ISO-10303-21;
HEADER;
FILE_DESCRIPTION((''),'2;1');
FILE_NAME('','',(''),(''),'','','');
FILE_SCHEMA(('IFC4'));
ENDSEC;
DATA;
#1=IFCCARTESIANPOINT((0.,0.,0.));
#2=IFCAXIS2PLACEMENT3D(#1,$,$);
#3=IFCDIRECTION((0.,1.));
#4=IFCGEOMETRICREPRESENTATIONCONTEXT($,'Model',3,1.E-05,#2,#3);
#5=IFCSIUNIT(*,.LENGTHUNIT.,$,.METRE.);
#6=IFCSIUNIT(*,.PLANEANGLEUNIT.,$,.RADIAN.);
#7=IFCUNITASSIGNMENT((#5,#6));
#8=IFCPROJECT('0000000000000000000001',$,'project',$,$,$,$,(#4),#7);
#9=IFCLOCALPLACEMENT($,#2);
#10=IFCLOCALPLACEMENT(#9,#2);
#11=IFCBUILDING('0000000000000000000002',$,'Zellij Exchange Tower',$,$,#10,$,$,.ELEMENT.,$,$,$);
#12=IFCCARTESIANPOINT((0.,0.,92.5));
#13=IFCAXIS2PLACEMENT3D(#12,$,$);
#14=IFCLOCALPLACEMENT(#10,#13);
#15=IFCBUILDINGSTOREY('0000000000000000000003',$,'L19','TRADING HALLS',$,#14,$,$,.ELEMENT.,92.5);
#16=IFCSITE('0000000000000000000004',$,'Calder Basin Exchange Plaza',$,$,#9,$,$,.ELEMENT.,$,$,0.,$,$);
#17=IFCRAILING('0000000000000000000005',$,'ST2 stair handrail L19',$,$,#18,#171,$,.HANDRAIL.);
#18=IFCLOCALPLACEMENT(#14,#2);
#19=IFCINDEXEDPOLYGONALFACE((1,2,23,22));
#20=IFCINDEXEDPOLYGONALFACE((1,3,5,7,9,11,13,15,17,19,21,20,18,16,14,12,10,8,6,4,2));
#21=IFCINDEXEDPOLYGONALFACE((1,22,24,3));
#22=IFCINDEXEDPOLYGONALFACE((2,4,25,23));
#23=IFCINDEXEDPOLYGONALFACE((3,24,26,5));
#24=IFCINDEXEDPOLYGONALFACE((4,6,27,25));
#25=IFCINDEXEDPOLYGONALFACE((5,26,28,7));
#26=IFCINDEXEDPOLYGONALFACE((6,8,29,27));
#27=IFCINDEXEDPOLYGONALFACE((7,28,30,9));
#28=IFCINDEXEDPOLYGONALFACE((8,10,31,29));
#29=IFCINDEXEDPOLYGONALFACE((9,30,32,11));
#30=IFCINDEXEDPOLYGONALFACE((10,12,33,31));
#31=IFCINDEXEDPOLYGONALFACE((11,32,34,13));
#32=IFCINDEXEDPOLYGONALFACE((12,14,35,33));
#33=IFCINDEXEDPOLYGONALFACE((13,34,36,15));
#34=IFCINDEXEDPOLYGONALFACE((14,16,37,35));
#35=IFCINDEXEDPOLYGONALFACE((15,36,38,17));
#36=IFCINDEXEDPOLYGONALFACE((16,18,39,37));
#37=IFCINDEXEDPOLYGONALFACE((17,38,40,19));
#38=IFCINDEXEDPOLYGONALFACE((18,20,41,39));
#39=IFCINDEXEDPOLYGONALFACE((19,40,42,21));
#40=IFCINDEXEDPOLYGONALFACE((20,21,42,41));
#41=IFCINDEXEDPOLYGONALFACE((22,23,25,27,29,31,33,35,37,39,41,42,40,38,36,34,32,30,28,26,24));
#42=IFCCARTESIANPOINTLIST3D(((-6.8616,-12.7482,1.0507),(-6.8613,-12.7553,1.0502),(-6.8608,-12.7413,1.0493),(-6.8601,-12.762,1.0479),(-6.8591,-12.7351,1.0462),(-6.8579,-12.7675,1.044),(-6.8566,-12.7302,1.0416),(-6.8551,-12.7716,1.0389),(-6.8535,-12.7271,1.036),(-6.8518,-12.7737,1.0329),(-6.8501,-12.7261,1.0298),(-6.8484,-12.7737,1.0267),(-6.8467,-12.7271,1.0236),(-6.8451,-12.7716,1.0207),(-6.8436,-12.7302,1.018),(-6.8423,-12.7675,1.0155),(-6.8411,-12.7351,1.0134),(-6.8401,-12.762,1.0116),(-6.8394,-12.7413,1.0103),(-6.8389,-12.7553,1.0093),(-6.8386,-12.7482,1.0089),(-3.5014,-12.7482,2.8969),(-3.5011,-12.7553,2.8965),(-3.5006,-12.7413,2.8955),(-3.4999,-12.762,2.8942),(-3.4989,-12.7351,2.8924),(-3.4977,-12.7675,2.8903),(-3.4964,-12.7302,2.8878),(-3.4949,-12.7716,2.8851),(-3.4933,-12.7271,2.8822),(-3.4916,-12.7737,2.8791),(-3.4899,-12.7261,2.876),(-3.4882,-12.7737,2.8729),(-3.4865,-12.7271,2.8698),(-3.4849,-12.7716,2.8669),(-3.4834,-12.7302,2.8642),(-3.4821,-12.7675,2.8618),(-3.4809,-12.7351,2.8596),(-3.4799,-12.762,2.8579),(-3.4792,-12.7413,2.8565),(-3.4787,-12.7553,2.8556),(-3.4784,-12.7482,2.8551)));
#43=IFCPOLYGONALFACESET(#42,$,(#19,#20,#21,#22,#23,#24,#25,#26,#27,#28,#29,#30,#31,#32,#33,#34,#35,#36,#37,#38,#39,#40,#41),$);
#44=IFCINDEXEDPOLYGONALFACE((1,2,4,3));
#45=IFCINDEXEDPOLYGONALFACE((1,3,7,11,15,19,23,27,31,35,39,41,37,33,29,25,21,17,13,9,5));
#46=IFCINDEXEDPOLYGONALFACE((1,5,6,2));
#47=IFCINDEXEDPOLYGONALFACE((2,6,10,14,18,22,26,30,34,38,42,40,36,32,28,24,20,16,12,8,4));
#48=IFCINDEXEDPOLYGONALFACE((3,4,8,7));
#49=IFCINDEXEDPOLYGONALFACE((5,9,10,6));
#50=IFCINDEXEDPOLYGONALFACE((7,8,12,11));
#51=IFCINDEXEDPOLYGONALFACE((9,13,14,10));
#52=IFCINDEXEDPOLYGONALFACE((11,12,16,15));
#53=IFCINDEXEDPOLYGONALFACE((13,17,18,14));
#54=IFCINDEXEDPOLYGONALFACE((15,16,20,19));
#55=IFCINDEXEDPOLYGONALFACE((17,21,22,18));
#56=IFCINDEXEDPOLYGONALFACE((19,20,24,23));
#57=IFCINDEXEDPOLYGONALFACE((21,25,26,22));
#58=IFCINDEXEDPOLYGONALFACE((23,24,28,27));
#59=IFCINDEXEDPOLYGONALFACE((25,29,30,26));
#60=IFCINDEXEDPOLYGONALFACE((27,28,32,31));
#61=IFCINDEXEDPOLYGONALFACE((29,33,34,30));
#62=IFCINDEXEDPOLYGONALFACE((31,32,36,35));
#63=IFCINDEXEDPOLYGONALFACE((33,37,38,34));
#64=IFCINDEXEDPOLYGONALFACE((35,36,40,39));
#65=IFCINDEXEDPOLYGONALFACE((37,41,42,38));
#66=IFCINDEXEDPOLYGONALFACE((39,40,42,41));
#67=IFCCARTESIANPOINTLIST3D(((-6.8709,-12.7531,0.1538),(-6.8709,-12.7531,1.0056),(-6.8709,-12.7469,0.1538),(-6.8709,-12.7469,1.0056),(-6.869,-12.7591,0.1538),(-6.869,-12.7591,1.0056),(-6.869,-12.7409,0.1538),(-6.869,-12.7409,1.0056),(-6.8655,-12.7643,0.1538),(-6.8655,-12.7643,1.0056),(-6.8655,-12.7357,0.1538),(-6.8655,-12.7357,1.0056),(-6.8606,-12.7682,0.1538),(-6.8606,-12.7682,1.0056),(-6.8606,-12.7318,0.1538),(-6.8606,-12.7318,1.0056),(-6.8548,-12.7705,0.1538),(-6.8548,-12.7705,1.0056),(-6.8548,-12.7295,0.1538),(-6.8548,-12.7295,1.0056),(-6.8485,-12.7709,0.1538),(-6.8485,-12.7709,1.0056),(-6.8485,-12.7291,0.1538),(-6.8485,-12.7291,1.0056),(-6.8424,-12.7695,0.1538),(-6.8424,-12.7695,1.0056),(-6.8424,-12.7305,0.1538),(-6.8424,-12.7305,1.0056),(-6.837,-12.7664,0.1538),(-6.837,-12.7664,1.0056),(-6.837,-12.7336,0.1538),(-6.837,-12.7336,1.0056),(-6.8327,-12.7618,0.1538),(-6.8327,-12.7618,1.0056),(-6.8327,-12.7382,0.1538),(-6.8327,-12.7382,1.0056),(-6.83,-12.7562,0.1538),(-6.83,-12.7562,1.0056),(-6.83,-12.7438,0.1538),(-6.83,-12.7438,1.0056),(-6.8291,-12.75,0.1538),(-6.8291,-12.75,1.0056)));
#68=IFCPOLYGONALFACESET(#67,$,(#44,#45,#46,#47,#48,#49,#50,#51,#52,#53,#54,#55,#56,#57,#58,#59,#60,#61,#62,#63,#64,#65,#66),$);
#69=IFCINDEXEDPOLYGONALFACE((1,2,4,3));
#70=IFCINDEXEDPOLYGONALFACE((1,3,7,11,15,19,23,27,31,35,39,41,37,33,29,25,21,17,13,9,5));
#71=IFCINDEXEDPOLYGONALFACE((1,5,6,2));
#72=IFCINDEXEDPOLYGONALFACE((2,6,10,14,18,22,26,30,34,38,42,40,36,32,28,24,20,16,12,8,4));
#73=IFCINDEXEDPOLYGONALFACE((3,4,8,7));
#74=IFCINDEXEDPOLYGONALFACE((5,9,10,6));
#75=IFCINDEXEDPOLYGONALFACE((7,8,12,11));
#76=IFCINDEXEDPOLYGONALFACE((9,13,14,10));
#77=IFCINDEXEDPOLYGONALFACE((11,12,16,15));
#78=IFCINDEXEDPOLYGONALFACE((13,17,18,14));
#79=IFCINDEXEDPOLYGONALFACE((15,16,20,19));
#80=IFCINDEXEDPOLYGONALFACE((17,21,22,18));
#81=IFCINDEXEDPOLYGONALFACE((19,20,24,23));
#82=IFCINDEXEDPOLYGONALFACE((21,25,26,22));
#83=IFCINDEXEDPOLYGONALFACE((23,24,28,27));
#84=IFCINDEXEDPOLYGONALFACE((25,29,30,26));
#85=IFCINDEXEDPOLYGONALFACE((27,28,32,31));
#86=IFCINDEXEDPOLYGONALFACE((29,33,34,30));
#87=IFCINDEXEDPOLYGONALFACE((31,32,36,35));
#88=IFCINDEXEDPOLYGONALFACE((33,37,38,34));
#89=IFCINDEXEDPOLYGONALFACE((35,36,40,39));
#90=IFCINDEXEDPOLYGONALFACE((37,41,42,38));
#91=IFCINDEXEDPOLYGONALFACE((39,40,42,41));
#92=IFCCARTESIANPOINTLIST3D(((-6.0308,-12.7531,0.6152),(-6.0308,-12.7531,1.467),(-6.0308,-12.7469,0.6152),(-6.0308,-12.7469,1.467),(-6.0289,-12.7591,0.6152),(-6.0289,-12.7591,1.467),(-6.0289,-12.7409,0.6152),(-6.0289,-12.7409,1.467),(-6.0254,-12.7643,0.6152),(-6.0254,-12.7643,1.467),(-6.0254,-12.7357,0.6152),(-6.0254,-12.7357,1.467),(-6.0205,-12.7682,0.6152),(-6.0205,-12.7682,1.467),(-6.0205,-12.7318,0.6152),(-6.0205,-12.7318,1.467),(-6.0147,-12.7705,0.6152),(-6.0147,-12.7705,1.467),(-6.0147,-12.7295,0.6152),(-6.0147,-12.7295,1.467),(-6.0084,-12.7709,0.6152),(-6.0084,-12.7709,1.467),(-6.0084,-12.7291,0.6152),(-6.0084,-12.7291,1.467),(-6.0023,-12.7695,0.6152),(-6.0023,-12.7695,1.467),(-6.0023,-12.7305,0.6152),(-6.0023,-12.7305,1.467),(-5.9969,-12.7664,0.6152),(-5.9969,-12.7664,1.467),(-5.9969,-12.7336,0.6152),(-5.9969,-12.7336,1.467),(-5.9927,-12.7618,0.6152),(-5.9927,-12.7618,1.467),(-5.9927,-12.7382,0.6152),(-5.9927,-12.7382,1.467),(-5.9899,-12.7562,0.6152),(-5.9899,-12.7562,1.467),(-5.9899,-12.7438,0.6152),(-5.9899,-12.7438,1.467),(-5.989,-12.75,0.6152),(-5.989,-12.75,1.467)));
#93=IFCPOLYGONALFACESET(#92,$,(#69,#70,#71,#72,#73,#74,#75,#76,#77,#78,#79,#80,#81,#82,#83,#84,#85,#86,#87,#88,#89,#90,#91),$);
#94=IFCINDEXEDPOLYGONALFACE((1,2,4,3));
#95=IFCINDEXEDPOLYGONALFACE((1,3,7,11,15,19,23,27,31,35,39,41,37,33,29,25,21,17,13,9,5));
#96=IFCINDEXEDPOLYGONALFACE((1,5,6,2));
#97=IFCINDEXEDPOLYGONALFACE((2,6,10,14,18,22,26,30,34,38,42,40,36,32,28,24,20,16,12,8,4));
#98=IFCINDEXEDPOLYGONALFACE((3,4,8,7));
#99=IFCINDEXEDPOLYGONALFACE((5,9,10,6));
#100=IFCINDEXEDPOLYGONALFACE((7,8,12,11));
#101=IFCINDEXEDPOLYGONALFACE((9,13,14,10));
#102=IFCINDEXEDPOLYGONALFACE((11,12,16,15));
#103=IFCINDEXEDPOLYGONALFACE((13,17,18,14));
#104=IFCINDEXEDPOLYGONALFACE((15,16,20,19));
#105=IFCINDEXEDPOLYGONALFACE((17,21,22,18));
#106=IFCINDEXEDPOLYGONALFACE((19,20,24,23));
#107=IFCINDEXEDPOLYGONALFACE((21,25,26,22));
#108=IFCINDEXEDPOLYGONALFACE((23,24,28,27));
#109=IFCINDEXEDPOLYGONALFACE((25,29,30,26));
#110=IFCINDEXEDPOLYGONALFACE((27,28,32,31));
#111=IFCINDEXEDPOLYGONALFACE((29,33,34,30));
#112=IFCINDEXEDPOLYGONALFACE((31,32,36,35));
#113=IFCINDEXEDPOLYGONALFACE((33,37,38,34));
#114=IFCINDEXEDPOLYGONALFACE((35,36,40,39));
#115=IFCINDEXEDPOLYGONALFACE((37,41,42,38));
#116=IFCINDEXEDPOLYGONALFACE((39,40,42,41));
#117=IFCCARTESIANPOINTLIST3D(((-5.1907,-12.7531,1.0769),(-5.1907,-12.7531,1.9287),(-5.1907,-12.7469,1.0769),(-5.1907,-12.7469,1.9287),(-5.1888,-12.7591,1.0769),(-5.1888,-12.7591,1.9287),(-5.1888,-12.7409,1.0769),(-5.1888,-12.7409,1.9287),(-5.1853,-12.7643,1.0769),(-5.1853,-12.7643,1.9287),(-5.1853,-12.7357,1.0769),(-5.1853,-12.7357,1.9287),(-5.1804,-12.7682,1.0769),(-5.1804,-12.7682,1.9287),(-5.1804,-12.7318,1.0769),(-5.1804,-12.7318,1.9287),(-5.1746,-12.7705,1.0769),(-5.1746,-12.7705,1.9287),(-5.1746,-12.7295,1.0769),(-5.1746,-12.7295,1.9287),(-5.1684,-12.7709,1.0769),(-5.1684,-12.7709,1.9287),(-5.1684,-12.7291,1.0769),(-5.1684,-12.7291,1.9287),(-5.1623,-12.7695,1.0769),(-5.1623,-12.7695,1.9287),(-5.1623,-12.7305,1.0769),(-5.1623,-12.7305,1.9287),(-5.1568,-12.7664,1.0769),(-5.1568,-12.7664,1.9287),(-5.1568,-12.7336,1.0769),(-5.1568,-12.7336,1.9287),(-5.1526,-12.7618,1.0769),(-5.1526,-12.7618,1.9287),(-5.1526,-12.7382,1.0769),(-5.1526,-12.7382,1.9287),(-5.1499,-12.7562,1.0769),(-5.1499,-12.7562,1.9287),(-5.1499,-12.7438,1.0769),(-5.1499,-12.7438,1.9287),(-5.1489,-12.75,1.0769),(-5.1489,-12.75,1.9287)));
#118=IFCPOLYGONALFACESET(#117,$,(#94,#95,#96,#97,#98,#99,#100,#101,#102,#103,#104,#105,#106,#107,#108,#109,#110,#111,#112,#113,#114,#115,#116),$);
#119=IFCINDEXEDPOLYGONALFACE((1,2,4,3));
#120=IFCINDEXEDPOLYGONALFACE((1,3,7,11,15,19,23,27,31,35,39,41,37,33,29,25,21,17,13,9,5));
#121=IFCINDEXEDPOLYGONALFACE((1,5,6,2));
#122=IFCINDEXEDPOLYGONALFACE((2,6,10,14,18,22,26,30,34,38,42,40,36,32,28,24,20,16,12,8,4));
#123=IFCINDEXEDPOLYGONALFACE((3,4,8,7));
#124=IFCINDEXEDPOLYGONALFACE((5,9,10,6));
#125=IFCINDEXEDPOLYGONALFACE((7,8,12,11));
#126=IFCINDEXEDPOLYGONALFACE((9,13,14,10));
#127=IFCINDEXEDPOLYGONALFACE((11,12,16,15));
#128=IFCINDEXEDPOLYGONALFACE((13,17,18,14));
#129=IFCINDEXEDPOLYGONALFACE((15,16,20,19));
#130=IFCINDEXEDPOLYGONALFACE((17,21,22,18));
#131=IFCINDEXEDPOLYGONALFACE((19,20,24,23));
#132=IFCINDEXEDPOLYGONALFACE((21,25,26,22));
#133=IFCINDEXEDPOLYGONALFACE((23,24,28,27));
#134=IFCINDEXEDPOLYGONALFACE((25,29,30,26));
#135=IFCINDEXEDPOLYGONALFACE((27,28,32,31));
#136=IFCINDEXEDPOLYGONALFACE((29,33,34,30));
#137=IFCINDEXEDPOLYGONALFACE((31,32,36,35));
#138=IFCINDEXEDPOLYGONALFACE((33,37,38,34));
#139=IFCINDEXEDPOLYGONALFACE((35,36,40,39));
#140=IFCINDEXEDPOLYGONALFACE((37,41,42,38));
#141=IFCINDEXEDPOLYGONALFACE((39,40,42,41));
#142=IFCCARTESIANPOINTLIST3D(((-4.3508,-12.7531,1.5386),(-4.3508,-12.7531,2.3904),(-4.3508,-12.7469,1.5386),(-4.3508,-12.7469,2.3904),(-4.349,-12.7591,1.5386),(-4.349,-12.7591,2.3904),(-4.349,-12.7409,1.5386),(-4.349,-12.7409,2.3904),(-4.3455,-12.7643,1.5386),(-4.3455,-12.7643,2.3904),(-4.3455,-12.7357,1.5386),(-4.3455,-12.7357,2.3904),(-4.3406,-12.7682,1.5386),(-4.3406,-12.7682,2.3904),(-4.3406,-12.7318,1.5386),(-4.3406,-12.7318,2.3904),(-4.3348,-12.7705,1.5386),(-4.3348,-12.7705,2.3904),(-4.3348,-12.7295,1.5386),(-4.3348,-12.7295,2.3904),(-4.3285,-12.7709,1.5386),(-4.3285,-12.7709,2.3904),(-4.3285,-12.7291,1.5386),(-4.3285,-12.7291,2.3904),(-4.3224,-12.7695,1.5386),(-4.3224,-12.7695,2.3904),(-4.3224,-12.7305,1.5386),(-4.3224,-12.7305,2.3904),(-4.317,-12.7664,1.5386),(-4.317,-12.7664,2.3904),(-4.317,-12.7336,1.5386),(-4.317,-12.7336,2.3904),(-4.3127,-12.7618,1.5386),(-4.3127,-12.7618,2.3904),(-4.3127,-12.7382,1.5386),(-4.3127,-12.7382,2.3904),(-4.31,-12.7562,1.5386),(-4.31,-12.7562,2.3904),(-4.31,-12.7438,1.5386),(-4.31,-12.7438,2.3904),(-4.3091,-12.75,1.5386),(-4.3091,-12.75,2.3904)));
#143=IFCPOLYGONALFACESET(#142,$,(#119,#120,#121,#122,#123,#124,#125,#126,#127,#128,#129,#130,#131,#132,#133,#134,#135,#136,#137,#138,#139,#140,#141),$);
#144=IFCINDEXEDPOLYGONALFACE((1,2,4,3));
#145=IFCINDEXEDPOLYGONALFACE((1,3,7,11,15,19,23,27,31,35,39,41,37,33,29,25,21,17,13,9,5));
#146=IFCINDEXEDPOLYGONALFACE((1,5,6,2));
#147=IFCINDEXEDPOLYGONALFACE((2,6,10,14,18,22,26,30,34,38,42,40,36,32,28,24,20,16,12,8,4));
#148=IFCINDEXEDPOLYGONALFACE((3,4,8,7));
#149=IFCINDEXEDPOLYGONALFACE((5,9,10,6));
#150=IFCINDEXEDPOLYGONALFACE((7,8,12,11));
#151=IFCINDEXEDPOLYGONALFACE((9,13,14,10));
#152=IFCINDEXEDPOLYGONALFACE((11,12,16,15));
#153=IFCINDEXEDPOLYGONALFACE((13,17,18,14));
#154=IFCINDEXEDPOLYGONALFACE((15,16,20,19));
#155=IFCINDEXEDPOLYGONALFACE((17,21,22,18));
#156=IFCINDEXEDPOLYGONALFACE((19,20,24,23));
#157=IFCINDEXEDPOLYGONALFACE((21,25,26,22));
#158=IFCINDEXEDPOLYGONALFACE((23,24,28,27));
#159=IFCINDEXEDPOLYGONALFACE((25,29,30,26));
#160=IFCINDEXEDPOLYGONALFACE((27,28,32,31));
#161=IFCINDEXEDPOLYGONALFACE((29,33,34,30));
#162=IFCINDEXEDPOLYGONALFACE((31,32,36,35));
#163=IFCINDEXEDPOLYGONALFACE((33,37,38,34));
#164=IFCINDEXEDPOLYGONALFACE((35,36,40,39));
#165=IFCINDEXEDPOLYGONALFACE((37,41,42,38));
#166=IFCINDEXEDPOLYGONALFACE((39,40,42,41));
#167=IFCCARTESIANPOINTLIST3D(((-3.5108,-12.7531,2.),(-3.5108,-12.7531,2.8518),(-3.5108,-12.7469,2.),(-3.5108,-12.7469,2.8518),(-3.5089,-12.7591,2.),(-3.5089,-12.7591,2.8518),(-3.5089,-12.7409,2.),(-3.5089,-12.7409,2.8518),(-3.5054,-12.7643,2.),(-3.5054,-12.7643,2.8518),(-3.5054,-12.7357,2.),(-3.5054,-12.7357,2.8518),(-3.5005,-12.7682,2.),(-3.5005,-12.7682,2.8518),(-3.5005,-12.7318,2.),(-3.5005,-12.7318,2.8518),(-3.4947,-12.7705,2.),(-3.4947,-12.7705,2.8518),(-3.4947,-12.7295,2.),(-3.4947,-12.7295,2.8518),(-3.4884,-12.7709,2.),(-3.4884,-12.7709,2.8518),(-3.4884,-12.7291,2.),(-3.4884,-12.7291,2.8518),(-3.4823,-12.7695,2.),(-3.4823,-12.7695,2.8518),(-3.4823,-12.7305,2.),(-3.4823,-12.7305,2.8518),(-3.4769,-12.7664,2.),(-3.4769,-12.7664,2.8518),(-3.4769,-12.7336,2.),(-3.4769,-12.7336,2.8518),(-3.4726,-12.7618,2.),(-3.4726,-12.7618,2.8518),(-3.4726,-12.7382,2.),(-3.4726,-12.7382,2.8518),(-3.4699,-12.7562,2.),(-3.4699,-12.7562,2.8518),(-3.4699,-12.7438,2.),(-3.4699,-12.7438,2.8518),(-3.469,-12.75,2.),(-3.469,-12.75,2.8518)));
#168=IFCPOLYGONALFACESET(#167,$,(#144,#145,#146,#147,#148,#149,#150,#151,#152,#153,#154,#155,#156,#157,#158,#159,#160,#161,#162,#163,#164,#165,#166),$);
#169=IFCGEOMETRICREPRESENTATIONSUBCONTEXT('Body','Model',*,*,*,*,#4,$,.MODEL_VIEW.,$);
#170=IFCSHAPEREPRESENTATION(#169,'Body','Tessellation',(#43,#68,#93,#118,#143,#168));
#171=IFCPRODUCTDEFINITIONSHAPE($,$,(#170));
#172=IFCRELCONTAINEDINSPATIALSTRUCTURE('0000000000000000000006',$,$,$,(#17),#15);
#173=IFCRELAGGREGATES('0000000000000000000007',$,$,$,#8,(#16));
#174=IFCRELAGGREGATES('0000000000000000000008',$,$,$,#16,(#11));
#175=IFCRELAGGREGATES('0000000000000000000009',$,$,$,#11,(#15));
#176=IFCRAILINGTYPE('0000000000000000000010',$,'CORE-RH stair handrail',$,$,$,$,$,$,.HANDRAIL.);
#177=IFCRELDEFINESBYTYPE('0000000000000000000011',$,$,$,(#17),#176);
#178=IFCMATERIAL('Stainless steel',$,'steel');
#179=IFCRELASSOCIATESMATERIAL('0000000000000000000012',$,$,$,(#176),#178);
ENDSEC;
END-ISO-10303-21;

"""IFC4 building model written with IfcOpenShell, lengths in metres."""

from ifc_helpers import new_model, si_unit, direction, frame, origin, origin_2d, place, context, subcontext, project, spatial, circle, extrude, material, type_object, element, save


model = new_model("IFC4")

# Units and contexts
model_context = context("Model", 3, precision=1e-05, world=origin(), true_north=direction((0.0, 1.0)))
body_context = subcontext(model_context, "Body", "Model", "MODEL_VIEW")
ifc_project = project(units=[si_unit("LENGTHUNIT", "METRE"), si_unit("PLANEANGLEUNIT", "RADIAN")], contexts=[model_context])

# Site, building, storey
site_placement = place(None, origin())
site = spatial("IfcSite", under=ifc_project, at=site_placement, Name="Calder Basin Exchange Plaza", CompositionType="ELEMENT", RefElevation=0.0)
building_placement = place(site_placement, origin())
building = spatial("IfcBuilding", under=site, at=building_placement, Name="Zellij Exchange Tower", CompositionType="ELEMENT")
storey_placement = place(building_placement, frame((0.0, 0.0, 92.5)))
storey = spatial("IfcBuildingStorey", under=building, at=storey_placement, Name="L19", Description="TRADING HALLS", CompositionType="ELEMENT", Elevation=92.5)

# Railing
ifc_material_1 = material(Name="Stainless steel", Category="steel")
railing_type_1 = type_object("IfcRailingType", Name="CORE-RH stair handrail", PredefinedType="HANDRAIL", material=ifc_material_1)
railing_1_placement = place(storey_placement, frame((-6.8501, -12.75, 0.1538)))
element("IfcRailing", 1, at=railing_1_placement, inside=storey, type_object=railing_type_1, Name="ST2 stair handrail L19", PredefinedType="HANDRAIL", context=body_context, shape_type="SweptSolid", body=[
    extrude(circle(Radius=0.0239, at=origin_2d()), frame((0.0, 0.0, 0.876), z_axis=(0.876422, 0.0, 0.481545), x_axis=(0.0, 1.0, 0.0)), (0.0, 0.0, 1.0), 3.834),
    extrude(circle(Radius=0.021, at=origin_2d()), origin(), (0.0, 0.0, 1.0), 0.8518),
    extrude(circle(Radius=0.021, at=origin_2d()), frame((0.8401, 0.0, 0.4614)), (0.0, 0.0, 1.0), 0.8518),
    extrude(circle(Radius=0.021, at=origin_2d()), frame((1.6802, 0.0, 0.9231)), (0.0, 0.0, 1.0), 0.8518),
    extrude(circle(Radius=0.021, at=origin_2d()), frame((2.52, 0.0, 1.3848)), (0.0, 0.0, 1.0), 0.8518),
    extrude(circle(Radius=0.021, at=origin_2d()), frame((3.3601, 0.0, 1.8462)), (0.0, 0.0, 1.0), 0.8518),
])

save(model, "model.ifc")
